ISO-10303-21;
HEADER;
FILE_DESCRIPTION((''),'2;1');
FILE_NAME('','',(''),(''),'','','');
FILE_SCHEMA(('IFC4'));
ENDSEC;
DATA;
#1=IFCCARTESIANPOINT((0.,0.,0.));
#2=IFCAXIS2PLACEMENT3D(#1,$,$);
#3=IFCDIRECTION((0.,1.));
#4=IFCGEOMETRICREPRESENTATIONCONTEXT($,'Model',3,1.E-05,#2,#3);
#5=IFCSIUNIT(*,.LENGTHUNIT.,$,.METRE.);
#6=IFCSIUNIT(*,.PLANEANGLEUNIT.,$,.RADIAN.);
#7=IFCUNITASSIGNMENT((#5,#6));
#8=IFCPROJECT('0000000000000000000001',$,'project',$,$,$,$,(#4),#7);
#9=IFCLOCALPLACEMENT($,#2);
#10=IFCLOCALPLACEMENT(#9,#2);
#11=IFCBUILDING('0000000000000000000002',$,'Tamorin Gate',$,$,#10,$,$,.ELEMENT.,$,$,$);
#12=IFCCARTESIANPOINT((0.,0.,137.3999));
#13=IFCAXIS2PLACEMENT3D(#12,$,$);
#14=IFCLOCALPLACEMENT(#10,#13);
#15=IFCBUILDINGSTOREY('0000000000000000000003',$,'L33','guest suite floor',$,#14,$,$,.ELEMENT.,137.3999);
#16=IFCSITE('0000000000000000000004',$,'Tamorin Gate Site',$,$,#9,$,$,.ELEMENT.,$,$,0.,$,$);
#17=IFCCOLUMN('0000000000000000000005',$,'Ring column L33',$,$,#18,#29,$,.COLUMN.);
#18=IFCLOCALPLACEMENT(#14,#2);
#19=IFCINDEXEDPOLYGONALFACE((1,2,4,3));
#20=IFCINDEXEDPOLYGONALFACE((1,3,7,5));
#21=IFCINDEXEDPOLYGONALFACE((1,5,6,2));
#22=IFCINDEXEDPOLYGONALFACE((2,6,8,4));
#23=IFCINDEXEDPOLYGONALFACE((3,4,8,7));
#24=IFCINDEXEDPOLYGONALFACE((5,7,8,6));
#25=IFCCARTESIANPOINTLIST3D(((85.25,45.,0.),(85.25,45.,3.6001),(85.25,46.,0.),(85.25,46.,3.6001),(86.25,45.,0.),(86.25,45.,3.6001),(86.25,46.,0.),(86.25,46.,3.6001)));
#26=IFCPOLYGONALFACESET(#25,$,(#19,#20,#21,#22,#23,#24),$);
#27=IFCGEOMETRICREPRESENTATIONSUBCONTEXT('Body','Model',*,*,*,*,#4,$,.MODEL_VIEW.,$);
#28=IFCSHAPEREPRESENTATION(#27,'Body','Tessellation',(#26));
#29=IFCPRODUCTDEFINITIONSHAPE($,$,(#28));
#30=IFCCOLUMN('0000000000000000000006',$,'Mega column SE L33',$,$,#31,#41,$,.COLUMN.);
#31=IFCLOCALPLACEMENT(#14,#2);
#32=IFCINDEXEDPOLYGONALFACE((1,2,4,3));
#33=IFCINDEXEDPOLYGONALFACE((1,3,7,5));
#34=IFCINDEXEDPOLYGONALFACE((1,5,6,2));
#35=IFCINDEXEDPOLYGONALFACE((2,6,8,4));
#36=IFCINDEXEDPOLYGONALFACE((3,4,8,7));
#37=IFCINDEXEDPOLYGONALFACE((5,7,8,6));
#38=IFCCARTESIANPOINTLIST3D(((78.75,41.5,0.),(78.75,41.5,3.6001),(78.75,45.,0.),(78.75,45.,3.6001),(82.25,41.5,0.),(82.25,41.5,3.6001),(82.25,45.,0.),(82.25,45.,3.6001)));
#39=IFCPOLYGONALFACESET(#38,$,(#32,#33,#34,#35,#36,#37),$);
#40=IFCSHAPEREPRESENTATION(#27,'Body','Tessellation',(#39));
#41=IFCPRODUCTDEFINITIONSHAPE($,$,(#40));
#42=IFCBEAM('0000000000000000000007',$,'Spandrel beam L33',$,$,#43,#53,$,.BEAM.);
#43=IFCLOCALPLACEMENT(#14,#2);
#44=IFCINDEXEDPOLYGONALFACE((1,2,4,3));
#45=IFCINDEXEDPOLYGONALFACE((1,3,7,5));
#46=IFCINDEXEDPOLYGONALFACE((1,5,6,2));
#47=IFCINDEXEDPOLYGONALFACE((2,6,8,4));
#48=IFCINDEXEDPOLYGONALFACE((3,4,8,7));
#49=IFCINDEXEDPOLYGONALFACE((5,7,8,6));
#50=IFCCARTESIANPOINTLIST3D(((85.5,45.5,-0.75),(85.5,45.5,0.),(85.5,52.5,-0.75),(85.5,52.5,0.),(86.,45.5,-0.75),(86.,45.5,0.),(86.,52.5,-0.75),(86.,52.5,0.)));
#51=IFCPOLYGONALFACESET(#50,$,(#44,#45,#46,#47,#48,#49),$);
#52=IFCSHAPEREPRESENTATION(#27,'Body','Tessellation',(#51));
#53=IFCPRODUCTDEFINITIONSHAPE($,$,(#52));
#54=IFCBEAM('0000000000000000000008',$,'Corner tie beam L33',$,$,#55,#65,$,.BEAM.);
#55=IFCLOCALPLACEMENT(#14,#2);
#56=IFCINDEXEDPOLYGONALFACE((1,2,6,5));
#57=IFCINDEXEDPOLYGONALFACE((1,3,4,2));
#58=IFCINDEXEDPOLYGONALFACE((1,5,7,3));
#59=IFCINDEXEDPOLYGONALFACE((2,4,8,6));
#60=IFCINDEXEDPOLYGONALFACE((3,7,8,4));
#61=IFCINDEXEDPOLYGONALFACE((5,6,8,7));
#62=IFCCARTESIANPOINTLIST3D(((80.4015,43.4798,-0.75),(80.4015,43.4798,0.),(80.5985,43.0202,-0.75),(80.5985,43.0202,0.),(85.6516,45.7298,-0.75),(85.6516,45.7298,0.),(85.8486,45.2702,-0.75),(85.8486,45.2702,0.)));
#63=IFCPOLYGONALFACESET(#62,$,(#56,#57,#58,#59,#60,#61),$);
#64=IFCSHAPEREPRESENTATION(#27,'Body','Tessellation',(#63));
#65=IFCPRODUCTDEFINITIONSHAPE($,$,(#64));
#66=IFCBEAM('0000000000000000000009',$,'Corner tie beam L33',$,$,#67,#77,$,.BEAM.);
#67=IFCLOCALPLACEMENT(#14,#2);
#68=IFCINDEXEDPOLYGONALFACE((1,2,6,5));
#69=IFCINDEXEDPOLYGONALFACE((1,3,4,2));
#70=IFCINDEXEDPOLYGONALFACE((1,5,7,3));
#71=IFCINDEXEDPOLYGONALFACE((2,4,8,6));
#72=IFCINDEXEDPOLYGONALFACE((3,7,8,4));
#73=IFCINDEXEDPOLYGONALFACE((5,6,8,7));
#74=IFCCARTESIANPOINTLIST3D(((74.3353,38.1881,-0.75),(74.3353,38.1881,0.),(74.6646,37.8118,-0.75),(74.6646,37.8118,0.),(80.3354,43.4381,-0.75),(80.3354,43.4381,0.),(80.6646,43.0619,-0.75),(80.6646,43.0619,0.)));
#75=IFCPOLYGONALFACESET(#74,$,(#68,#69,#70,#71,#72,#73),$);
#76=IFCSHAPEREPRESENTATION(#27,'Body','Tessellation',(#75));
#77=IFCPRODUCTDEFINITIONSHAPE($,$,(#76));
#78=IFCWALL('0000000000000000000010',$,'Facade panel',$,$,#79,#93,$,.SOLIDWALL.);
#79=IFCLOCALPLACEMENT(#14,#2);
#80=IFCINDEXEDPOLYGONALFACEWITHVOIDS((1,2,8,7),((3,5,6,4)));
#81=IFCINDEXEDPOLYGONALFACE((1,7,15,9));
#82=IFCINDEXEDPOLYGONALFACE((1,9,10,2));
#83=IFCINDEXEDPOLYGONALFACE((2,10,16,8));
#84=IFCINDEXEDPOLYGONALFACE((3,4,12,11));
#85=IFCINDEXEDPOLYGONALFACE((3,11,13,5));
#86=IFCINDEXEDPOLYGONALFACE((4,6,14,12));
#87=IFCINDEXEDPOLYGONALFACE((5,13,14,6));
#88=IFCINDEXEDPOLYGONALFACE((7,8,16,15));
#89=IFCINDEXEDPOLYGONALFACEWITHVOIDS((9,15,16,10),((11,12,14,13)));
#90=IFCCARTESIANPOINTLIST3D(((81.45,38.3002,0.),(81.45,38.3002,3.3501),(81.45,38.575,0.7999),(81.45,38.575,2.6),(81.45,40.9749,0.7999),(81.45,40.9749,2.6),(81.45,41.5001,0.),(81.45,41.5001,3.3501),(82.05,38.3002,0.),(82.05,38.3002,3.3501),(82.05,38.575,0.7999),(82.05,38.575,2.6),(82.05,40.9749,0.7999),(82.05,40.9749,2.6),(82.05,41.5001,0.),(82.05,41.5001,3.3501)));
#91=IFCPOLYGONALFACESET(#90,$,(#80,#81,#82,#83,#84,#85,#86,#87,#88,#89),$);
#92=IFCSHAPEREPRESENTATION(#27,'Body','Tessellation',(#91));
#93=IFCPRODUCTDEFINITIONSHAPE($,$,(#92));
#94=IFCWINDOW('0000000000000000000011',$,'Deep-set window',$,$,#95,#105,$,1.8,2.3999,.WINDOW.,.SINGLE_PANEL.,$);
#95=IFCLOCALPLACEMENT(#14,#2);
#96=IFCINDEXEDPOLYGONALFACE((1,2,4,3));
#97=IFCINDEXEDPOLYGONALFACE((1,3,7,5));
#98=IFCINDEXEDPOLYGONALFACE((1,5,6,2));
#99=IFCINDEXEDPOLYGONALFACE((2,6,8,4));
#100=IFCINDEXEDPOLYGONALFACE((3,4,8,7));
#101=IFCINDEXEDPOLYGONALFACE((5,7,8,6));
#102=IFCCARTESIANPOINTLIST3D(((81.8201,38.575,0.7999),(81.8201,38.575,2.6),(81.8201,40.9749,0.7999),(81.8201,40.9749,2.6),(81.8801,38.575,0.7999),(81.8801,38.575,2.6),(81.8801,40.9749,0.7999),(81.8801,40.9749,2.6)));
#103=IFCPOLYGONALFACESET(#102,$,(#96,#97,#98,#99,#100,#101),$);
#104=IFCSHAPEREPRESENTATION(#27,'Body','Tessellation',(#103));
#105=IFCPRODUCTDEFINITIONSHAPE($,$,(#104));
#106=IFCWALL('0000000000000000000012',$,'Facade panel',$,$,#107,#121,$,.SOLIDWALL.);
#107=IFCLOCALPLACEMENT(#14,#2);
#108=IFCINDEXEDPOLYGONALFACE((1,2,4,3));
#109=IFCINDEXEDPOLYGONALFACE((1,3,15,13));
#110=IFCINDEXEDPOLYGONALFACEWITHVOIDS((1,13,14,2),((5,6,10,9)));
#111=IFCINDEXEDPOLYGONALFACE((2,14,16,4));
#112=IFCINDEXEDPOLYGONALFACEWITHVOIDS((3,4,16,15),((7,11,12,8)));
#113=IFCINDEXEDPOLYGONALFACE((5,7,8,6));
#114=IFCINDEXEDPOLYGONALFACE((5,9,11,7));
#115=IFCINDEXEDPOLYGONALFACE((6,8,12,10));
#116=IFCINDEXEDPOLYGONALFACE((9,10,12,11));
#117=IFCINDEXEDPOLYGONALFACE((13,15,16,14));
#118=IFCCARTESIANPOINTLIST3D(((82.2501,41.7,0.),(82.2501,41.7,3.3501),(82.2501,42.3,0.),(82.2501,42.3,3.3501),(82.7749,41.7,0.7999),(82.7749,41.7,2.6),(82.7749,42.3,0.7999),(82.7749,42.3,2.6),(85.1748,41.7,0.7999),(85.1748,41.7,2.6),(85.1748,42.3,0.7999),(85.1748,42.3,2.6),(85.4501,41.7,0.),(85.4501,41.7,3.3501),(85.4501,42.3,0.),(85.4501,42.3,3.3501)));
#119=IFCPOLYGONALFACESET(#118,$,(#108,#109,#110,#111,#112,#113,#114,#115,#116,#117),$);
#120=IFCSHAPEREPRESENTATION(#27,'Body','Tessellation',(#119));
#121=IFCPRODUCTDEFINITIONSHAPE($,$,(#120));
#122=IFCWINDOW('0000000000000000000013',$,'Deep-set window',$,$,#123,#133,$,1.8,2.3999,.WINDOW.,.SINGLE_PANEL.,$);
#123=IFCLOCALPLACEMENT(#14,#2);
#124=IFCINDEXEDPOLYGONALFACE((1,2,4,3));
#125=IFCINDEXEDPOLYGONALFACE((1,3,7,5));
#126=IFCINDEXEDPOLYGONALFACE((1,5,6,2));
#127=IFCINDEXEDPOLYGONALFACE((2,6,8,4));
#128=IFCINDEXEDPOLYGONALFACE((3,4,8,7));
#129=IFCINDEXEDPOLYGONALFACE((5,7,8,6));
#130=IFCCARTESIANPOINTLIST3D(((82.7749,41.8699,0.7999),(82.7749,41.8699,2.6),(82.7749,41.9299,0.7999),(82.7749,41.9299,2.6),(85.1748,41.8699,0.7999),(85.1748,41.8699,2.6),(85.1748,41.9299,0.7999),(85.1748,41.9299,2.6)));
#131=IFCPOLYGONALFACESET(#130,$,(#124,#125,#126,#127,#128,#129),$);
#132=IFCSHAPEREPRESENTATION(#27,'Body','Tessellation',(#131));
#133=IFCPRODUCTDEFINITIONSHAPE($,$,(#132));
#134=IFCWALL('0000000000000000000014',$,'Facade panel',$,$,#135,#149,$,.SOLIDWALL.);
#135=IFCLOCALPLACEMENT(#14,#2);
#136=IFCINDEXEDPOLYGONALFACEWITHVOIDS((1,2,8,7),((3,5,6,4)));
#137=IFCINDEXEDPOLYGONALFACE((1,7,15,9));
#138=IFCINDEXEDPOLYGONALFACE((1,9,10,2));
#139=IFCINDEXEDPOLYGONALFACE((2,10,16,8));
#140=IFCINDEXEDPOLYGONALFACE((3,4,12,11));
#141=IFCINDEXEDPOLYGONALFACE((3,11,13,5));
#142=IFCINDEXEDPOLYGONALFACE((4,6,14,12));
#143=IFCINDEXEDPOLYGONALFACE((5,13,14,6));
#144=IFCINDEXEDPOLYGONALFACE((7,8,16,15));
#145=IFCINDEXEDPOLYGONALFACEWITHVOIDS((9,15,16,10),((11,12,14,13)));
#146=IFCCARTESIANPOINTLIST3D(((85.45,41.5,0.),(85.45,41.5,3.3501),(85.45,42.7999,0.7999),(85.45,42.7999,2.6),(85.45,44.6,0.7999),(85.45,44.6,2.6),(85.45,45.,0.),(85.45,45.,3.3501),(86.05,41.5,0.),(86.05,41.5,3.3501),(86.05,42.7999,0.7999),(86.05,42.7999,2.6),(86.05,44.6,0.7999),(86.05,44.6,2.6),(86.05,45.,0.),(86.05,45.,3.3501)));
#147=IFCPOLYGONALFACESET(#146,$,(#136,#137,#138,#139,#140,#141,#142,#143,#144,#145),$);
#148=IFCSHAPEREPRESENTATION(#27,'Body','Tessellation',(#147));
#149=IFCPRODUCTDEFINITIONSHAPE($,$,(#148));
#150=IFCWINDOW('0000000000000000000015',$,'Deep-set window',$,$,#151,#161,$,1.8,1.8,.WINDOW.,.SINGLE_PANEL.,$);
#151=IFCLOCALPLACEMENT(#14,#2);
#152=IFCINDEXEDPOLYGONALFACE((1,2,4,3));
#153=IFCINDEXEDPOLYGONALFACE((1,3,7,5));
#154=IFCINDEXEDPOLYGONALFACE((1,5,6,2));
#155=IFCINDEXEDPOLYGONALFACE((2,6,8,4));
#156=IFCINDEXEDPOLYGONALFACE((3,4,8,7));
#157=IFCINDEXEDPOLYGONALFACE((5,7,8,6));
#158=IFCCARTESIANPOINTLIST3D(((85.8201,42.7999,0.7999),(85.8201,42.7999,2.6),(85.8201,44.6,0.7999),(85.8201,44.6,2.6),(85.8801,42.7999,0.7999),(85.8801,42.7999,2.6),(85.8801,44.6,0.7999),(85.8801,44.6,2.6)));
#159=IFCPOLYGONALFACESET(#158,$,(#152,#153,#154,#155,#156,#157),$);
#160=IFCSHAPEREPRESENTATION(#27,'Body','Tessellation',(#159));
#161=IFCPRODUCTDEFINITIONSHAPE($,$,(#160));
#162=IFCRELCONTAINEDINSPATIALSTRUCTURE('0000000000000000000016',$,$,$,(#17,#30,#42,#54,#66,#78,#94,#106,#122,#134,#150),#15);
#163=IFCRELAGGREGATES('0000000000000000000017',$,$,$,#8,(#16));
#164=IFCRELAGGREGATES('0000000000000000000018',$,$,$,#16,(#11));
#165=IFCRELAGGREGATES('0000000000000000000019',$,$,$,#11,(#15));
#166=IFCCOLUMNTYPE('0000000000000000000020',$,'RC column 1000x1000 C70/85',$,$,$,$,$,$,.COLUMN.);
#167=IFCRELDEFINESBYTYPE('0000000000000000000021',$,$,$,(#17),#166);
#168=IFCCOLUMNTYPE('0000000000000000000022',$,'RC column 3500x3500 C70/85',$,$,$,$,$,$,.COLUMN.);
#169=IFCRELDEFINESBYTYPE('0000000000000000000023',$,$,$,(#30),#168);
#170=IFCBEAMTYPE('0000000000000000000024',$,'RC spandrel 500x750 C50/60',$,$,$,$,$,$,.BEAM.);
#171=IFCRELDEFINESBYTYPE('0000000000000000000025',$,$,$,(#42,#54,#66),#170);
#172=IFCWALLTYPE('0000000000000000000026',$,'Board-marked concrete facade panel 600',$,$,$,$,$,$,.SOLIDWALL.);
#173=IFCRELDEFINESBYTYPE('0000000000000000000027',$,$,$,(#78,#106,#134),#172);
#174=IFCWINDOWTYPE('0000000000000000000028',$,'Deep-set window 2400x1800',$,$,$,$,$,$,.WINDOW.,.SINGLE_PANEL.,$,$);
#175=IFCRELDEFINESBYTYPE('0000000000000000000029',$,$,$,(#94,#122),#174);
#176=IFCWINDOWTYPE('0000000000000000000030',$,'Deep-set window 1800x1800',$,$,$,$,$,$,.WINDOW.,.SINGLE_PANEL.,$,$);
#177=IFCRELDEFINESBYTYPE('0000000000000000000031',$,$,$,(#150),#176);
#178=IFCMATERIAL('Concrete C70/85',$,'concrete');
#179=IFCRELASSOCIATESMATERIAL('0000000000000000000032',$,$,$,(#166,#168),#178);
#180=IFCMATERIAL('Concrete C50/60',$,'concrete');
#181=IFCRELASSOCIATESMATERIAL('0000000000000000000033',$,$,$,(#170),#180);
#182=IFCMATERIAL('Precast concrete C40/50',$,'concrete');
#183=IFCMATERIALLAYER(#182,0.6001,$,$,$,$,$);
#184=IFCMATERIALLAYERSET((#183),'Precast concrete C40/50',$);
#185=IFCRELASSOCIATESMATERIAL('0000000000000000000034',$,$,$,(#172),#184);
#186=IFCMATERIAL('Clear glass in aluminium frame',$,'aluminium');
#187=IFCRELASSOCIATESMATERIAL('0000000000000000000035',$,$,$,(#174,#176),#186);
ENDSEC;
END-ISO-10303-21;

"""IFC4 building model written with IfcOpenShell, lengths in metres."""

from ifc_helpers import new_model, si_unit, direction, frame, frame_2d, origin, origin_2d, place, context, subcontext, project, spatial, rectangle, extrude, material, layer, layer_set, material_profile, profile_set, type_object, element, fill, save


model = new_model("IFC4")

# Units and contexts
model_context = context("Model", 3, precision=1e-05, world=origin(), true_north=direction((0.0, 1.0)))
body_context = subcontext(model_context, "Body", "Model", "MODEL_VIEW")
ifc_project = project(units=[si_unit("LENGTHUNIT", "METRE"), si_unit("PLANEANGLEUNIT", "RADIAN")], contexts=[model_context])

# Site, building, storey
site_placement = place(None, origin())
site = spatial("IfcSite", under=ifc_project, at=site_placement, Name="Tamorin Gate Site", CompositionType="ELEMENT", RefElevation=0.0)
building_placement = place(site_placement, origin())
building = spatial("IfcBuilding", under=site, at=building_placement, Name="Tamorin Gate", CompositionType="ELEMENT")
storey_placement = place(building_placement, frame((0.0, 0.0, 137.3999)))
storey = spatial("IfcBuildingStorey", under=building, at=storey_placement, Name="L33", Description="guest suite floor", CompositionType="ELEMENT", Elevation=137.3999)

# Columns
ifc_material_1 = material(Name="Concrete C70/85", Category="concrete")
ifc_material_profile_1 = material_profile(ifc_material_1, rectangle(XDim=1.0, YDim=1.0, at=origin_2d()), Name="RC 1000x1000")
ifc_profile_set_1 = profile_set([ifc_material_profile_1], Name="Concrete C70/85")
column_type_1 = type_object("IfcColumnType", Name="RC column 1000x1000 C70/85", PredefinedType="COLUMN", material=ifc_profile_set_1)
column_1_placement = place(storey_placement, frame((85.75, 45.5, 0.0), z_axis=(0.0, 0.0, 1.0), x_axis=(1.0, 0.0, 0.0)))
element("IfcColumn", 1, at=column_1_placement, inside=storey, type_object=column_type_1, Name="Ring column L33", PredefinedType="COLUMN", context=body_context, shape_type="SweptSolid", body=[
    extrude(rectangle(XDim=1.0, YDim=1.0, at=origin_2d()), origin(), (0.0, 0.0, 1.0), 3.6001),
])
ifc_material_profile_2 = material_profile(ifc_material_1, rectangle(XDim=3.5, YDim=3.5, at=origin_2d()), Name="RC 3500x3500")
ifc_profile_set_2 = profile_set([ifc_material_profile_2], Name="Concrete C70/85")
column_type_2 = type_object("IfcColumnType", Name="RC column 3500x3500 C70/85", PredefinedType="COLUMN", material=ifc_profile_set_2)
column_2_placement = place(storey_placement, frame((80.5, 43.25, 0.0), z_axis=(0.0, 0.0, 1.0), x_axis=(1.0, 0.0, 0.0)))
element("IfcColumn", 2, at=column_2_placement, inside=storey, type_object=column_type_2, Name="Mega column SE L33", PredefinedType="COLUMN", context=body_context, shape_type="SweptSolid", body=[
    extrude(rectangle(XDim=3.5, YDim=3.5, at=origin_2d()), origin(), (0.0, 0.0, 1.0), 3.6001),
])

# Beams
ifc_material_2 = material(Name="Concrete C50/60", Category="concrete")
ifc_material_profile_3 = material_profile(ifc_material_2, rectangle(XDim=0.5, YDim=0.75, at=origin_2d()), Name="RC 500x750")
ifc_profile_set_3 = profile_set([ifc_material_profile_3], Name="Concrete C50/60")
beam_type = type_object("IfcBeamType", Name="RC spandrel 500x750 C50/60", PredefinedType="BEAM", material=ifc_profile_set_3)
beam_1_placement = place(storey_placement, frame((85.75, 45.5, -0.375), z_axis=(0.0, 1.0, 0.0), x_axis=(-1.0, 0.0, 0.0)))
element("IfcBeam", 3, at=beam_1_placement, inside=storey, type_object=beam_type, Name="Spandrel beam L33", PredefinedType="BEAM", context=body_context, shape_type="SweptSolid", body=[
    extrude(rectangle(XDim=0.5, YDim=0.75, at=origin_2d()), origin(), (0.0, 0.0, 1.0), 7.0),
])
beam_2_placement = place(storey_placement, frame((80.5, 43.25, -0.375), z_axis=(0.919145, 0.393919, 0.0), x_axis=(-0.393919, 0.919145, 0.0)))
element("IfcBeam", 4, at=beam_2_placement, inside=storey, type_object=beam_type, Name="Corner tie beam L33", PredefinedType="BEAM", context=body_context, shape_type="SweptSolid", body=[
    extrude(rectangle(XDim=0.5, YDim=0.75, at=origin_2d()), origin(), (0.0, 0.0, 1.0), 5.7119),
])
beam_3_placement = place(storey_placement, frame((80.5, 43.25, -0.375), z_axis=(-0.752577, -0.658505, 0.0), x_axis=(0.658505, -0.752577, 0.0)))
element("IfcBeam", 5, at=beam_3_placement, inside=storey, type_object=beam_type, Name="Corner tie beam L33", PredefinedType="BEAM", context=body_context, shape_type="SweptSolid", body=[
    extrude(rectangle(XDim=0.5, YDim=0.75, at=origin_2d()), origin(), (0.0, 0.0, 1.0), 7.9727),
])

# Walls, openings, windows
ifc_material_3 = material(Name="Precast concrete C40/50", Category="concrete")
ifc_layer_1 = layer(ifc_material_3, 0.6001)
ifc_layer_set_1 = layer_set([ifc_layer_1], Name="Precast concrete C40/50")
wall_type_1 = type_object("IfcWallType", Name="Board-marked concrete facade panel 600", PredefinedType="SOLIDWALL", material=ifc_layer_set_1)
wall_1_placement = place(storey_placement, frame((81.75, 38.3, 0.0), z_axis=(0.0, 0.0, 1.0), x_axis=(0.0, 1.0, 0.0)))
wall_1 = element("IfcWall", 6, at=wall_1_placement, inside=storey, type_object=wall_type_1, Name="Facade panel", PredefinedType="SOLIDWALL", context=body_context, shape_type="SweptSolid", body=[
    extrude(rectangle(XDim=3.2, YDim=0.6001, at=frame_2d((1.6001, 0.0))), origin(), (0.0, 0.0, 1.0), 3.3501),
])
opening_1_placement = place(wall_1_placement, frame((0.2749, 0.0, 0.8)))
opening_1 = element("IfcOpeningElement", 7, at=opening_1_placement, cuts=wall_1, PredefinedType="OPENING", context=body_context, shape_type="SweptSolid", body=[
    extrude(rectangle(XDim=2.3999, YDim=1.8, at=frame_2d((1.2, 0.8999))), frame((0.0, 0.3101, 0.0), z_axis=(0.0, -1.0, 0.0), x_axis=(1.0, 0.0, 0.0)), (0.0, 0.0, 1.0), 0.6201),
])
ifc_material_4 = material(Name="Clear glass in aluminium frame", Category="aluminium")
window_type_1 = type_object("IfcWindowType", Name="Deep-set window 2400x1800", PartitioningType="SINGLE_PANEL", PredefinedType="WINDOW", material=ifc_material_4)
window_1_placement = place(opening_1_placement, origin())
window_1 = element("IfcWindow", 8, at=window_1_placement, inside=storey, type_object=window_type_1, Name="Deep-set window", OverallHeight=1.8, OverallWidth=2.3999, PartitioningType="SINGLE_PANEL", PredefinedType="WINDOW", context=body_context, shape_type="SweptSolid", body=[
    extrude(rectangle(XDim=2.3999, YDim=1.8, at=frame_2d((1.2, 0.8999))), frame((0.0, -0.0701, 0.0), z_axis=(0.0, -1.0, 0.0), x_axis=(1.0, 0.0, 0.0)), (0.0, 0.0, 1.0), 0.0601),
])
fill(opening_1, window_1)
wall_2_placement = place(storey_placement, frame((82.25, 42.0, 0.0), z_axis=(0.0, 0.0, 1.0), x_axis=(1.0, 0.0, 0.0)))
wall_2 = element("IfcWall", 9, at=wall_2_placement, inside=storey, type_object=wall_type_1, Name="Facade panel", PredefinedType="SOLIDWALL", context=body_context, shape_type="SweptSolid", body=[
    extrude(rectangle(XDim=3.2, YDim=0.6001, at=frame_2d((1.6001, 0.0))), origin(), (0.0, 0.0, 1.0), 3.3501),
])
opening_2_placement = place(wall_2_placement, frame((0.5249, 0.0, 0.8)))
opening_2 = element("IfcOpeningElement", 10, at=opening_2_placement, cuts=wall_2, PredefinedType="OPENING", context=body_context, shape_type="SweptSolid", body=[
    extrude(rectangle(XDim=2.3999, YDim=1.8, at=frame_2d((1.2, 0.8999))), frame((0.0, 0.3101, 0.0), z_axis=(0.0, -1.0, 0.0), x_axis=(1.0, 0.0, 0.0)), (0.0, 0.0, 1.0), 0.6201),
])
window_2_placement = place(opening_2_placement, origin())
window_2 = element("IfcWindow", 11, at=window_2_placement, inside=storey, type_object=window_type_1, Name="Deep-set window", OverallHeight=1.8, OverallWidth=2.3999, PartitioningType="SINGLE_PANEL", PredefinedType="WINDOW", context=body_context, shape_type="SweptSolid", body=[
    extrude(rectangle(XDim=2.3999, YDim=1.8, at=frame_2d((1.2, 0.8999))), frame((0.0, -0.0701, 0.0), z_axis=(0.0, -1.0, 0.0), x_axis=(1.0, 0.0, 0.0)), (0.0, 0.0, 1.0), 0.0601),
])
fill(opening_2, window_2)
wall_3_placement = place(storey_placement, frame((85.75, 41.5, 0.0), z_axis=(0.0, 0.0, 1.0), x_axis=(0.0, 1.0, 0.0)))
wall_3 = element("IfcWall", 12, at=wall_3_placement, inside=storey, type_object=wall_type_1, Name="Facade panel", PredefinedType="SOLIDWALL", context=body_context, shape_type="SweptSolid", body=[
    extrude(rectangle(XDim=3.5, YDim=0.6001, at=frame_2d((1.75, 0.0))), origin(), (0.0, 0.0, 1.0), 3.3501),
])
opening_3_placement = place(wall_3_placement, frame((1.3, 0.0, 0.8)))
opening_3 = element("IfcOpeningElement", 13, at=opening_3_placement, cuts=wall_3, PredefinedType="OPENING", context=body_context, shape_type="SweptSolid", body=[
    extrude(rectangle(XDim=1.8, YDim=1.8, at=frame_2d((0.8999, 0.8999))), frame((0.0, 0.3101, 0.0), z_axis=(0.0, -1.0, 0.0), x_axis=(1.0, 0.0, 0.0)), (0.0, 0.0, 1.0), 0.6201),
])
window_type_2 = type_object("IfcWindowType", Name="Deep-set window 1800x1800", PartitioningType="SINGLE_PANEL", PredefinedType="WINDOW", material=ifc_material_4)
window_3_placement = place(opening_3_placement, origin())
window_3 = element("IfcWindow", 14, at=window_3_placement, inside=storey, type_object=window_type_2, Name="Deep-set window", OverallHeight=1.8, OverallWidth=1.8, PartitioningType="SINGLE_PANEL", PredefinedType="WINDOW", context=body_context, shape_type="SweptSolid", body=[
    extrude(rectangle(XDim=1.8, YDim=1.8, at=frame_2d((0.8999, 0.8999))), frame((0.0, -0.0701, 0.0), z_axis=(0.0, -1.0, 0.0), x_axis=(1.0, 0.0, 0.0)), (0.0, 0.0, 1.0), 0.0601),
])
fill(opening_3, window_3)

save(model, "model.ifc")
